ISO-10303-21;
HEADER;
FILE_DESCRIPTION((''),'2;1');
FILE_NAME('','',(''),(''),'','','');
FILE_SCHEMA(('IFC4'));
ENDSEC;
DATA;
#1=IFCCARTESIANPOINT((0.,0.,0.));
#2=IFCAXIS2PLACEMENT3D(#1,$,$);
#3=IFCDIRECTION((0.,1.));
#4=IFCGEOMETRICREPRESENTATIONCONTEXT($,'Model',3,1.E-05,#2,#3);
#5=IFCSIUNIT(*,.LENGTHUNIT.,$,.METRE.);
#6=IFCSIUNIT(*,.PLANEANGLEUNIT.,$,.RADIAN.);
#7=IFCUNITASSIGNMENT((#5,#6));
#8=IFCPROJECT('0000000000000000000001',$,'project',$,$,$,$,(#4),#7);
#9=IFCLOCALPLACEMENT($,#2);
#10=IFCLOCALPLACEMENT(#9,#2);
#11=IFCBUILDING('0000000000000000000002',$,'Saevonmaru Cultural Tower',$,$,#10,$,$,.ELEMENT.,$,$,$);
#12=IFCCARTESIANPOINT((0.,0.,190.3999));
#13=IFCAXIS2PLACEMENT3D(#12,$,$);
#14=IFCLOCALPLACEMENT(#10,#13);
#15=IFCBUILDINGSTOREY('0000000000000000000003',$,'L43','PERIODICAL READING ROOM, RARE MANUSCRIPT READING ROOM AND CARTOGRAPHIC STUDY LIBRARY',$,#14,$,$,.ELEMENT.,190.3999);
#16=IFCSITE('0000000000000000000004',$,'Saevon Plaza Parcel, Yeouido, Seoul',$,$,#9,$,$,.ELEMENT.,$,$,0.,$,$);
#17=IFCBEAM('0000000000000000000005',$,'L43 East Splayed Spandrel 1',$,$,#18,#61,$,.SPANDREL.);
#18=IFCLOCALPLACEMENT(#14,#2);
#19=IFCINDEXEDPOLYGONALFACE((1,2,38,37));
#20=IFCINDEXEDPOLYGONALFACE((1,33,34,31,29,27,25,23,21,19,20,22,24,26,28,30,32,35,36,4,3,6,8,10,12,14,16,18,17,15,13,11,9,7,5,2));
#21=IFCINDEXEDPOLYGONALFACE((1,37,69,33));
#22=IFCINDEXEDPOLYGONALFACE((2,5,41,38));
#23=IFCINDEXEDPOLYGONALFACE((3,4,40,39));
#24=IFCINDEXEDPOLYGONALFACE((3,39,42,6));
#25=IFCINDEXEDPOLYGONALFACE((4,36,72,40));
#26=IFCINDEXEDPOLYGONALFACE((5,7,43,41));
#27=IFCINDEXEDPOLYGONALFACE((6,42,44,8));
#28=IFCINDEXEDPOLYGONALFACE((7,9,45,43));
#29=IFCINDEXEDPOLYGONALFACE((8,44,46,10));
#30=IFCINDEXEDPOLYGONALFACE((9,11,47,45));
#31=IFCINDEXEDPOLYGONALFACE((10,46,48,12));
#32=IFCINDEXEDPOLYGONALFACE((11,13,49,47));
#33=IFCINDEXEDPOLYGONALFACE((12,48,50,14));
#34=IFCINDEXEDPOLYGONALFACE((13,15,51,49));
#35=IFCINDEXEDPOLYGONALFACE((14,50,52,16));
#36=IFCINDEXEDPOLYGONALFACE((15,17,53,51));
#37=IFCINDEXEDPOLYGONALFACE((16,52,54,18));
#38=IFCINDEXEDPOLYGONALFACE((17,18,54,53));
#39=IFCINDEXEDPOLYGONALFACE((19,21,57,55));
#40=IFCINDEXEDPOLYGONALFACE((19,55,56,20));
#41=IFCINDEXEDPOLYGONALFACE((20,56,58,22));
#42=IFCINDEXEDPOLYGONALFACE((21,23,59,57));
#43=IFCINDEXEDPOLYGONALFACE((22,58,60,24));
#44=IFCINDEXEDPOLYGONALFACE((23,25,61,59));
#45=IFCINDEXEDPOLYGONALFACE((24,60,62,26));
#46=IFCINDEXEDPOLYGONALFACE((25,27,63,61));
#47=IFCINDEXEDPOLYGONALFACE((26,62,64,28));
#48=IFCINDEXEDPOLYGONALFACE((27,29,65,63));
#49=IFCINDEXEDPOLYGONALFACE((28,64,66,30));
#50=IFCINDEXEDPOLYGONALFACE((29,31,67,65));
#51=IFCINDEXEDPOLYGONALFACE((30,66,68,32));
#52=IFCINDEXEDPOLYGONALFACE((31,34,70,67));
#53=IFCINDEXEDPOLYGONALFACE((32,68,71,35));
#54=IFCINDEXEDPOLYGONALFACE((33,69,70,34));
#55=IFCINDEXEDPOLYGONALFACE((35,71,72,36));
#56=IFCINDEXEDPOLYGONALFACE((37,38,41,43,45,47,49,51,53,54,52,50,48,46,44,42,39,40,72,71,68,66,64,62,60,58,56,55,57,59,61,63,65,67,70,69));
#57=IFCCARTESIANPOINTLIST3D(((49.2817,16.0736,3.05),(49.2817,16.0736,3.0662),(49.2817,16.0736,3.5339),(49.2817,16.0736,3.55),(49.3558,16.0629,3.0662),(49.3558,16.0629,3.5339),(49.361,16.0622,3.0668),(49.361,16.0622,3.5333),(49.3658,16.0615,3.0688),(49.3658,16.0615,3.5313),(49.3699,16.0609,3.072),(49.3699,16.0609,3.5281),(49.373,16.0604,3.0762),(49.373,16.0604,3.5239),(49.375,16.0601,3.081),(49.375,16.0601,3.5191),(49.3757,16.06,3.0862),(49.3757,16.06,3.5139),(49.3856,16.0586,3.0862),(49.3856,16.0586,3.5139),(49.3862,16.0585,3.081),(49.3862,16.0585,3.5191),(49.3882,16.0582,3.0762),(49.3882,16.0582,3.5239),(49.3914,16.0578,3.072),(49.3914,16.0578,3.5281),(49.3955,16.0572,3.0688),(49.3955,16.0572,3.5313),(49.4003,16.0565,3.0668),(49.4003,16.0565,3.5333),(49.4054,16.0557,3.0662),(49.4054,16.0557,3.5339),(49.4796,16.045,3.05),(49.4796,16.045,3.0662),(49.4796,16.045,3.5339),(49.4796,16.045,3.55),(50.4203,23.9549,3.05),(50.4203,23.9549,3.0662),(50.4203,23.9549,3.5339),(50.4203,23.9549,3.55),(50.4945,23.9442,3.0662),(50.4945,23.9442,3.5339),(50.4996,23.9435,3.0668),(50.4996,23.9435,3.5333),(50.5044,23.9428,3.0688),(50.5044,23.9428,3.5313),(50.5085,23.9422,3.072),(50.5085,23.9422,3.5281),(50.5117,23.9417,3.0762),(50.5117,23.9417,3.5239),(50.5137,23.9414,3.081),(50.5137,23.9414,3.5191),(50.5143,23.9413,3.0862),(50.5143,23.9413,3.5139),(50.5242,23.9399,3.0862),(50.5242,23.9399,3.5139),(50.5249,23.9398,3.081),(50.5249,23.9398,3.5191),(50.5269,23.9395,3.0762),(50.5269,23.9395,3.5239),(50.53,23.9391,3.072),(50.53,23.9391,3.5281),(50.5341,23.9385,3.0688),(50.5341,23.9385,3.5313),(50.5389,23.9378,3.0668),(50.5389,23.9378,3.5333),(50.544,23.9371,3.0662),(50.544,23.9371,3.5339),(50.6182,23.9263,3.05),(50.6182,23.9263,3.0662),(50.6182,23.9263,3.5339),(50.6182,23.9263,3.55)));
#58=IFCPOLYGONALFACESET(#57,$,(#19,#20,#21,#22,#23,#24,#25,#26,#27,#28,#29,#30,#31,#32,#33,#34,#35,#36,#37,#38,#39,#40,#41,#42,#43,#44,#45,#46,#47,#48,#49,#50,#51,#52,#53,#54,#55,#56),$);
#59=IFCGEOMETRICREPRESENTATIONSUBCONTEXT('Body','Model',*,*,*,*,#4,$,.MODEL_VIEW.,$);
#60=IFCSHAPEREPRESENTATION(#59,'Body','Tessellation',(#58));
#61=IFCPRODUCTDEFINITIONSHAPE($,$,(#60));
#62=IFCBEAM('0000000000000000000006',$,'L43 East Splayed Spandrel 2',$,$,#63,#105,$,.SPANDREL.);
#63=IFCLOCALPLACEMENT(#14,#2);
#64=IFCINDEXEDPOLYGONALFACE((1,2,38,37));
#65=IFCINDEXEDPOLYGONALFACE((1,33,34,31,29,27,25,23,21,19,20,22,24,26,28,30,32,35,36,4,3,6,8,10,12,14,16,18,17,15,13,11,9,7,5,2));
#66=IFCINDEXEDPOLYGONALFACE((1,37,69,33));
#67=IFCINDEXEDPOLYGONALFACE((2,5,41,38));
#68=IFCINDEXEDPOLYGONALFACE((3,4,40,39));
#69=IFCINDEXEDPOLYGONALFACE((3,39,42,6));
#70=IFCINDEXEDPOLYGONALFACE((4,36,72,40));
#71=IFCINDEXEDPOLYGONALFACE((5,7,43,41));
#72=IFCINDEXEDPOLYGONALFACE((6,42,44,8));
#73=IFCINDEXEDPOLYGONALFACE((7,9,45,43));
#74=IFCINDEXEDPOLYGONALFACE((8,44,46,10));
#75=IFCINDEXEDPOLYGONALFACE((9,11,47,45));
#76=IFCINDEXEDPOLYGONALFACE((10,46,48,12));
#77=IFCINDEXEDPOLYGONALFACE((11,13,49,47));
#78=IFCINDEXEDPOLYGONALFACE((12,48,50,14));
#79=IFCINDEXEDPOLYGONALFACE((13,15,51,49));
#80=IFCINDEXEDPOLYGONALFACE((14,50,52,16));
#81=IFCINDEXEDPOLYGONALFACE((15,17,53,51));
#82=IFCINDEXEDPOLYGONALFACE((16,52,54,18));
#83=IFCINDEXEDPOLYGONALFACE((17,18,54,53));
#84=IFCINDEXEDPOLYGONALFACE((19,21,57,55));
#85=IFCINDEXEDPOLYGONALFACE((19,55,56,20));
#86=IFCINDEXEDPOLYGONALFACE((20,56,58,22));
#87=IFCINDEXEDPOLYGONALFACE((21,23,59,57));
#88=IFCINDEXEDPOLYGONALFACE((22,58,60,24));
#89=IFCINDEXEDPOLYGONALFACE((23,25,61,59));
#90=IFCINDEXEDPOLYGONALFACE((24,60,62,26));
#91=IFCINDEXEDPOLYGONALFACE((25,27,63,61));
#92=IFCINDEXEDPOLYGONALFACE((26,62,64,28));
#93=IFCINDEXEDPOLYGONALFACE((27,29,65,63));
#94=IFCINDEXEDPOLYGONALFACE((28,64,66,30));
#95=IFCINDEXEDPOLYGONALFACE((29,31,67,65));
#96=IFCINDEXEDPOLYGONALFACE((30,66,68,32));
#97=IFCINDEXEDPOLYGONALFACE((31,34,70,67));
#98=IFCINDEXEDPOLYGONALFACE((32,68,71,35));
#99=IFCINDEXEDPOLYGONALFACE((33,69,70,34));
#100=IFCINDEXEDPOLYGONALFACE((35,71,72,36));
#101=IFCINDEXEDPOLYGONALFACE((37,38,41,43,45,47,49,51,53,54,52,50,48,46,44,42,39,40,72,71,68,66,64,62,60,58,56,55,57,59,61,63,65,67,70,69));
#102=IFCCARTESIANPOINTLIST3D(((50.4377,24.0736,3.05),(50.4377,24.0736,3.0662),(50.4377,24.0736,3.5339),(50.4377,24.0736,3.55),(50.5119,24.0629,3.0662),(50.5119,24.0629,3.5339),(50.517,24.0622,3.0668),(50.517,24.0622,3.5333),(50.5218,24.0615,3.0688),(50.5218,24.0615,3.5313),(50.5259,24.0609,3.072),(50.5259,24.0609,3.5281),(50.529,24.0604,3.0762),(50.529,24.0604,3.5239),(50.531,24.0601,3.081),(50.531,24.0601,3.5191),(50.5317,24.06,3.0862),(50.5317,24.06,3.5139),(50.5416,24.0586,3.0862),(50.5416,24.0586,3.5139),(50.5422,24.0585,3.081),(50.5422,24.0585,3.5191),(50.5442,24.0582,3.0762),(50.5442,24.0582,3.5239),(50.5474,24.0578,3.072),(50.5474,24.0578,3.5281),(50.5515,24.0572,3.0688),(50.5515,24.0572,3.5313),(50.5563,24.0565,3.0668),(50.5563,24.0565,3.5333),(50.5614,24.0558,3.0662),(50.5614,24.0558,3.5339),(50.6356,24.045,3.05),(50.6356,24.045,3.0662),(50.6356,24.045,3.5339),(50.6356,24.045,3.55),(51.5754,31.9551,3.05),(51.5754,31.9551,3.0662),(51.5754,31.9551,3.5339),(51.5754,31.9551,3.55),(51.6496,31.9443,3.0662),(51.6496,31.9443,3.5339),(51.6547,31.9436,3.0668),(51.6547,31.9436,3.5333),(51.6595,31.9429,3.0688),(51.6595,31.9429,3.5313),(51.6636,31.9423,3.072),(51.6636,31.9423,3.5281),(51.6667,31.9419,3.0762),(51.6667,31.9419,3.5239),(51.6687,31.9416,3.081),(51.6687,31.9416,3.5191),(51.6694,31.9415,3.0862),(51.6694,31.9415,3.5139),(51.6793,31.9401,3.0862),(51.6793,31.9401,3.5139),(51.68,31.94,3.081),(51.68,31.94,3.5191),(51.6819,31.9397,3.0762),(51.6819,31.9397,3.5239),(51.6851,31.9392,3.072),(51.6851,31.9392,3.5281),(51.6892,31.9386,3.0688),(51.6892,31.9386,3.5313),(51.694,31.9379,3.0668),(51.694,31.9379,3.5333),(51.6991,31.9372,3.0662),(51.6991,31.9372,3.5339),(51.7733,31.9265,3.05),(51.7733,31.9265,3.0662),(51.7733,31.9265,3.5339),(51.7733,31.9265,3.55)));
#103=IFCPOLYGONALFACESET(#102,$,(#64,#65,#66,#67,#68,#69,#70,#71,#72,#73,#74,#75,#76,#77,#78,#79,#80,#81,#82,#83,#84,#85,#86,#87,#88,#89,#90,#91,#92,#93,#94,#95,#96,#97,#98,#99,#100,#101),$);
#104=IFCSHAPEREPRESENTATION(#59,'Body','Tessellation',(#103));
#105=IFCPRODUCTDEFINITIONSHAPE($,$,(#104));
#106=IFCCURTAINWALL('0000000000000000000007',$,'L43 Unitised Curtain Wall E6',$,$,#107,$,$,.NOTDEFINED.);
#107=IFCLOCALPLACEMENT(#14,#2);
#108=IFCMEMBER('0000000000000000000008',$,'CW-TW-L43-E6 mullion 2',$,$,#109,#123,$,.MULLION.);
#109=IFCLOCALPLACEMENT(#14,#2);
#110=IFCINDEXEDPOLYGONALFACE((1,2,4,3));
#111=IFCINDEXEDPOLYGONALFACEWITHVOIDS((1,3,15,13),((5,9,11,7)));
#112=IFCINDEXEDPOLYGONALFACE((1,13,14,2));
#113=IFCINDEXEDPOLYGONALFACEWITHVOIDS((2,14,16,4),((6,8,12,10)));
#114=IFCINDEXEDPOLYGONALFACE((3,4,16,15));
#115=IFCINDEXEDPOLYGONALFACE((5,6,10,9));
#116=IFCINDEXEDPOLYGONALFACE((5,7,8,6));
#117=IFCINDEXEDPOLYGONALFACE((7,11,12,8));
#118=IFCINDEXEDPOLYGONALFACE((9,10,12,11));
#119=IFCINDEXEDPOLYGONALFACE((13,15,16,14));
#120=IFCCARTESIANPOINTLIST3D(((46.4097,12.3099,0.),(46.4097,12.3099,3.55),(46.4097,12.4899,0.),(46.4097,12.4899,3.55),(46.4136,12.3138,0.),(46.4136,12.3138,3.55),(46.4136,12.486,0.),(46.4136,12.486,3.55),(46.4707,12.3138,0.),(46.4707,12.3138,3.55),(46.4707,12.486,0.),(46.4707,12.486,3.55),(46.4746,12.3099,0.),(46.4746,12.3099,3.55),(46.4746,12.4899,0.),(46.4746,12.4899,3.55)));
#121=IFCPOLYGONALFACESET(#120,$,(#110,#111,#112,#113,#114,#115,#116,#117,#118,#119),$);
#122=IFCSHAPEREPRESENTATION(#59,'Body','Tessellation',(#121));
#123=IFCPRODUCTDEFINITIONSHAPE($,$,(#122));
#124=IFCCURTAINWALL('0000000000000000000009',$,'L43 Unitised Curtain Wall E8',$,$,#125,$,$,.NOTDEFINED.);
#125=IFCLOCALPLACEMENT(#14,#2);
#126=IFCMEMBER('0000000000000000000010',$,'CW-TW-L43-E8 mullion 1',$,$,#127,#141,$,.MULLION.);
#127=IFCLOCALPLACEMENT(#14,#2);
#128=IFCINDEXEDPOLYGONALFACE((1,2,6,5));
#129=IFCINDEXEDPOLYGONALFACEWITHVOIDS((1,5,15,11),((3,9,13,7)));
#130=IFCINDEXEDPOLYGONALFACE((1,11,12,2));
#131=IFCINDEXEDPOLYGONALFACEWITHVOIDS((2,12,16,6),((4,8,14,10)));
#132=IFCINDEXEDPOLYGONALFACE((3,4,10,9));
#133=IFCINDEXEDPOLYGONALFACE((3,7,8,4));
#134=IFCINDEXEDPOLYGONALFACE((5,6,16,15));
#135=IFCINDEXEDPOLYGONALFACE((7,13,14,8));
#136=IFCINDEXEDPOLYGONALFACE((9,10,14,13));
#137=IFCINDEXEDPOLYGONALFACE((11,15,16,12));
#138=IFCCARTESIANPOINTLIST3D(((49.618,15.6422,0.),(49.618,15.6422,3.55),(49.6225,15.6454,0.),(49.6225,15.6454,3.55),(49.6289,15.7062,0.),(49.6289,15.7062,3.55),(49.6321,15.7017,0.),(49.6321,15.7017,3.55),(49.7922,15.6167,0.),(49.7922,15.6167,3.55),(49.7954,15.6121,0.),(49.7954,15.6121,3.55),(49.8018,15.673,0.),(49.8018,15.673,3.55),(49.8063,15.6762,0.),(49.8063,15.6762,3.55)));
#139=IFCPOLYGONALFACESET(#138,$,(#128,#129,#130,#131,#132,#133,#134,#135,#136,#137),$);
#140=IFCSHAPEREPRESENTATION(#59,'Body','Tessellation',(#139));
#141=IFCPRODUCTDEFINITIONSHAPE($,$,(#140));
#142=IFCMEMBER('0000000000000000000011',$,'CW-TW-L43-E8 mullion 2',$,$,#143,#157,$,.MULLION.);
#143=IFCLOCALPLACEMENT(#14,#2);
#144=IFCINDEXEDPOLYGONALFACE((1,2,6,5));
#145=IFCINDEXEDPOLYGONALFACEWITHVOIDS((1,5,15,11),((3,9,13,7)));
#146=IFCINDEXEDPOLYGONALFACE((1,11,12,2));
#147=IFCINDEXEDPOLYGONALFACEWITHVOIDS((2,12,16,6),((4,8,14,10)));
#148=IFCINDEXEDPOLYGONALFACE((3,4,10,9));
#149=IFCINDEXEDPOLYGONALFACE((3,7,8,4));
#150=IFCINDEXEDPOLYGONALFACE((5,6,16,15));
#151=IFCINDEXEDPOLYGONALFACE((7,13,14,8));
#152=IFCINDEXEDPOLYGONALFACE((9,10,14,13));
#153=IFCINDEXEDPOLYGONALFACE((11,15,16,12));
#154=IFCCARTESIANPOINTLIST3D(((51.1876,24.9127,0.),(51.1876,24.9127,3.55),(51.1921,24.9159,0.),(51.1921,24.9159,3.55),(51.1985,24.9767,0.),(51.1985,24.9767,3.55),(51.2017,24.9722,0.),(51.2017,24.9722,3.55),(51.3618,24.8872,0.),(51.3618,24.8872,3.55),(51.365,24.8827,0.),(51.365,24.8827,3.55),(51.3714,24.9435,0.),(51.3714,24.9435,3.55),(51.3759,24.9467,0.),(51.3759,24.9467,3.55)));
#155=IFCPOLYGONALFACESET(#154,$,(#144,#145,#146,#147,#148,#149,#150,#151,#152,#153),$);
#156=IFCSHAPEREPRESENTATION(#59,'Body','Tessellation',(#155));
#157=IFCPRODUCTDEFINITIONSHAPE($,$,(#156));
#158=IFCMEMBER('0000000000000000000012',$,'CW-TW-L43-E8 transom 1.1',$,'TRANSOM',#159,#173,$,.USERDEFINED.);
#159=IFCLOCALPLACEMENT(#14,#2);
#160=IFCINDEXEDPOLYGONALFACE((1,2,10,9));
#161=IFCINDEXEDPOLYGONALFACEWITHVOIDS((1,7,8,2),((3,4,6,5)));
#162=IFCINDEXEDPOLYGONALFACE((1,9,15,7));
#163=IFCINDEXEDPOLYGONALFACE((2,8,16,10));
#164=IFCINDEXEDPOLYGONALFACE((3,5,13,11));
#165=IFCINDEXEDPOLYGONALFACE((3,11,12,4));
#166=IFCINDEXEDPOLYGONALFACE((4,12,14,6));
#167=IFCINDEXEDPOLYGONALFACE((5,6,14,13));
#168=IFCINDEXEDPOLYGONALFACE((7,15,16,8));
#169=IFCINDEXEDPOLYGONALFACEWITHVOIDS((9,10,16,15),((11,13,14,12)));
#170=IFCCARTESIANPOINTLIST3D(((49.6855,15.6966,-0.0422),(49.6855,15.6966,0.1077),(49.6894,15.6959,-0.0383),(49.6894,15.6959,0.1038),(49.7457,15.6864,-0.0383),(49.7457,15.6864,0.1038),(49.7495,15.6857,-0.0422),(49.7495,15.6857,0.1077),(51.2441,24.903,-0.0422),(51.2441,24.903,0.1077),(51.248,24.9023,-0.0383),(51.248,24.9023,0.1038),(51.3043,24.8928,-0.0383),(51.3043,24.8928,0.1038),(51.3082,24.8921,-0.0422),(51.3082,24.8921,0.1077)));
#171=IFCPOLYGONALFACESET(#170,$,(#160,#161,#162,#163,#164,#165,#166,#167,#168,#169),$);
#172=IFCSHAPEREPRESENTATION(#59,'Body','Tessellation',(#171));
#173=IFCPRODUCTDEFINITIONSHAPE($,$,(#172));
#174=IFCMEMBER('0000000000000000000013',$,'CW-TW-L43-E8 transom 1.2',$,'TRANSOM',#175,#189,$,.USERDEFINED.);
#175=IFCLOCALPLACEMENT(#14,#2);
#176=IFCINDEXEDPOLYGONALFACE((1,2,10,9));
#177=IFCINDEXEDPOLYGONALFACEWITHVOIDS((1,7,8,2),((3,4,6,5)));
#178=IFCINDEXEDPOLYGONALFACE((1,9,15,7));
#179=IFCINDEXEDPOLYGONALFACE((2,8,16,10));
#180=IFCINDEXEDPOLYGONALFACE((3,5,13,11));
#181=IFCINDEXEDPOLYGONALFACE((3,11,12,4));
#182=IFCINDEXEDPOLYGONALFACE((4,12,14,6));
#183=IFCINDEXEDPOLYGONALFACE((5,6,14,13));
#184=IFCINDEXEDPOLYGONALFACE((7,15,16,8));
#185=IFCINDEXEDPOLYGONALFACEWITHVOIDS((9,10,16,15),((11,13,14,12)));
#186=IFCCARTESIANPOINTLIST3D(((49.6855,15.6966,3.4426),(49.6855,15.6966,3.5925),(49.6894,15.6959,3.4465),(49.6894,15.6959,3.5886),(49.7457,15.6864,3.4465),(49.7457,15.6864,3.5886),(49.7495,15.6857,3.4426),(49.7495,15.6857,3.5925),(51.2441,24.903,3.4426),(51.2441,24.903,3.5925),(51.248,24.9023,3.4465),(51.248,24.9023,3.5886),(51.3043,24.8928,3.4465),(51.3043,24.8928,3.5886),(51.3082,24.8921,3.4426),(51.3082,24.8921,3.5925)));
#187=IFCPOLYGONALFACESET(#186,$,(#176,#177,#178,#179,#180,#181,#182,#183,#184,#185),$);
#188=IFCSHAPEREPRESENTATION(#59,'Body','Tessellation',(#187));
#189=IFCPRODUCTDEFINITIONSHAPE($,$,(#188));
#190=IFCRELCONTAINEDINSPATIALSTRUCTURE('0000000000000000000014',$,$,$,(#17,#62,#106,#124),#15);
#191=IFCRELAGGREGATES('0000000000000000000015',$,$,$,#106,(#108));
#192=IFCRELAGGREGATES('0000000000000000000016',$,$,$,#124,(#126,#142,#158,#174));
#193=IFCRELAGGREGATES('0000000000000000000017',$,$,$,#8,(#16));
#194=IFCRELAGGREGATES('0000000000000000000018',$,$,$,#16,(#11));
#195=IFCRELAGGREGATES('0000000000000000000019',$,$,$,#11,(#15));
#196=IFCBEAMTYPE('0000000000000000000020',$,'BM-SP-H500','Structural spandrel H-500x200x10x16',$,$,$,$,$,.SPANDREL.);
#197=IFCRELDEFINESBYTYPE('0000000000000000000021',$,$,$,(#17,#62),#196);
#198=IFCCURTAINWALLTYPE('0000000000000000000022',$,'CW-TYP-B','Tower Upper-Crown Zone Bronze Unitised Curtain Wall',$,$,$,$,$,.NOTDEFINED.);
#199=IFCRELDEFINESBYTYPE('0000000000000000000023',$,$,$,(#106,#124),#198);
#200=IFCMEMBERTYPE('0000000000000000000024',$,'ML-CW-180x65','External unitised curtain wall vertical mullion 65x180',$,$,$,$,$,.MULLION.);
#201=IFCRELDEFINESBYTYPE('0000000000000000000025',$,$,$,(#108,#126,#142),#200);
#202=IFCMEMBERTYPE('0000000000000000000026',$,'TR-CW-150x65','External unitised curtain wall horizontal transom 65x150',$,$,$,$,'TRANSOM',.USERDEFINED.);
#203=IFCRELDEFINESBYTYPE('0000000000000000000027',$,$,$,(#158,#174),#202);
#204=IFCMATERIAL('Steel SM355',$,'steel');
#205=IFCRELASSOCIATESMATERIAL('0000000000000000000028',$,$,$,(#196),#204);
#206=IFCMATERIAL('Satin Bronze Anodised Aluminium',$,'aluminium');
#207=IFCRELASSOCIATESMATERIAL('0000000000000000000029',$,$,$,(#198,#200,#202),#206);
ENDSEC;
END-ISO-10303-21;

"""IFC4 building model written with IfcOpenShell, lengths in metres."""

from ifc_helpers import new_model, si_unit, direction, frame, origin, origin_2d, place, context, subcontext, project, spatial, hollow_rectangle, i_section, extrude, material, material_profile, profile_set, type_object, element, aggregate, save


model = new_model("IFC4")

# Units and contexts
model_context = context("Model", 3, precision=1e-05, world=origin(), true_north=direction((0.0, 1.0)))
body_context = subcontext(model_context, "Body", "Model", "MODEL_VIEW")
ifc_project = project(units=[si_unit("LENGTHUNIT", "METRE"), si_unit("PLANEANGLEUNIT", "RADIAN")], contexts=[model_context])

# Site, building, storey
site_placement = place(None, origin())
site = spatial("IfcSite", under=ifc_project, at=site_placement, Name="Saevon Plaza Parcel, Yeouido, Seoul", CompositionType="ELEMENT", RefElevation=0.0)
building_placement = place(site_placement, origin())
building = spatial("IfcBuilding", under=site, at=building_placement, Name="Saevonmaru Cultural Tower", CompositionType="ELEMENT")
storey_placement = place(building_placement, frame((0.0, 0.0, 190.3999)))
storey = spatial("IfcBuildingStorey", under=building, at=storey_placement, Name="L43", Description="PERIODICAL READING ROOM, RARE MANUSCRIPT READING ROOM AND CARTOGRAPHIC STUDY LIBRARY", CompositionType="ELEMENT", Elevation=190.3999)

# Shared definitions
ifc_material_1 = material(Name="Steel SM355", Category="steel")

# Beams
ifc_material_profile_1 = material_profile(ifc_material_1, i_section(OverallWidth=0.2, OverallDepth=0.5, WebThickness=0.01, FlangeThickness=0.0161, FilletRadius=0.02, at=origin_2d()), Name="H-500x200x10x16")
ifc_profile_set_1 = profile_set([ifc_material_profile_1], Name="Steel SM355")
beam_type_1 = type_object("IfcBeamType", Name="BM-SP-H500", Description="Structural spandrel H-500x200x10x16", PredefinedType="SPANDREL", material=ifc_profile_set_1)
for number, where, z_axis, x_axis, name in (
    (1, (49.3806, 16.0593, 3.3), (0.142992, 0.989724, 0.0), (-0.989724, 0.142992, 0.0), "L43 East Splayed Spandrel 1"),
    (2, (50.5366, 24.0593, 3.3), (0.142872, 0.989741, 0.0), (-0.989741, 0.142872, 0.0), "L43 East Splayed Spandrel 2"),
):
    element("IfcBeam", number, at=place(storey_placement, frame(where, z_axis=z_axis, x_axis=x_axis)), inside=storey, type_object=beam_type_1, Name=name, PredefinedType="SPANDREL", context=body_context, shape_type="SweptSolid", body=[
        extrude(i_section(OverallWidth=0.2, OverallDepth=0.5, WebThickness=0.01, FlangeThickness=0.0161, FilletRadius=0.02, at=origin_2d()), origin(), (0.0, 0.0, 1.0), 7.9631),
    ])

# Curtain wall, member
ifc_material_2 = material(Name="Satin Bronze Anodised Aluminium", Category="aluminium")
curtain_wall_type = type_object("IfcCurtainWallType", Name="CW-TYP-B", Description="Tower Upper-Crown Zone Bronze Unitised Curtain Wall", PredefinedType="NOTDEFINED", material=ifc_material_2)
curtain_wall_1_placement = place(storey_placement, origin())
curtain_wall_1 = element("IfcCurtainWall", 3, at=curtain_wall_1_placement, inside=storey, type_object=curtain_wall_type, Name="L43 Unitised Curtain Wall E6", PredefinedType="NOTDEFINED")
ifc_material_profile_2 = material_profile(ifc_material_2, hollow_rectangle(XDim=0.0649, YDim=0.1799, WallThickness=0.0039, at=origin_2d()), Name="ALU-MULL-180x65x4")
ifc_profile_set_2 = profile_set([ifc_material_profile_2], Name="Satin Bronze Anodised Aluminium")
member_type_1 = type_object("IfcMemberType", Name="ML-CW-180x65", Description="External unitised curtain wall vertical mullion 65x180", PredefinedType="MULLION", material=ifc_profile_set_2)
member_1_placement = place(storey_placement, frame((46.4421, 12.3999, 0.0), z_axis=(0.0, 0.0, 1.0), x_axis=(1.0, 0.0, 0.0)))
member_1 = element("IfcMember", 4, at=member_1_placement, type_object=member_type_1, Name="CW-TW-L43-E6 mullion 2", PredefinedType="MULLION", context=body_context, shape_type="SweptSolid", body=[
    extrude(hollow_rectangle(XDim=0.0649, YDim=0.1799, WallThickness=0.0039, at=origin_2d()), origin(), (0.0, 0.0, 1.0), 3.55),
])

# Curtain wall, members
curtain_wall_2_placement = place(storey_placement, origin())
curtain_wall_2 = element("IfcCurtainWall", 5, at=curtain_wall_2_placement, inside=storey, type_object=curtain_wall_type, Name="L43 Unitised Curtain Wall E8", PredefinedType="NOTDEFINED")
member_2_placement = place(storey_placement, frame((49.7122, 15.6592, 0.0), z_axis=(0.0, 0.0, 1.0), x_axis=(0.166922, 0.98597, 0.0)))
member_2 = element("IfcMember", 6, at=member_2_placement, type_object=member_type_1, Name="CW-TW-L43-E8 mullion 1", PredefinedType="MULLION", context=body_context, shape_type="SweptSolid", body=[
    extrude(hollow_rectangle(XDim=0.0649, YDim=0.1799, WallThickness=0.0039, at=origin_2d()), origin(), (0.0, 0.0, 1.0), 3.55),
])
member_3_placement = place(storey_placement, frame((51.2817, 24.9297, 0.0), z_axis=(0.0, 0.0, 1.0), x_axis=(0.166922, 0.98597, 0.0)))
member_3 = element("IfcMember", 7, at=member_3_placement, type_object=member_type_1, Name="CW-TW-L43-E8 mullion 2", PredefinedType="MULLION", context=body_context, shape_type="SweptSolid", body=[
    extrude(hollow_rectangle(XDim=0.0649, YDim=0.1799, WallThickness=0.0039, at=origin_2d()), origin(), (0.0, 0.0, 1.0), 3.55),
])
ifc_material_profile_3 = material_profile(ifc_material_2, hollow_rectangle(XDim=0.0649, YDim=0.1499, WallThickness=0.0039, at=origin_2d()), Name="ALU-TRAN-150x65x4")
ifc_profile_set_3 = profile_set([ifc_material_profile_3], Name="Satin Bronze Anodised Aluminium")
member_type_2 = type_object("IfcMemberType", Name="TR-CW-150x65", Description="External unitised curtain wall horizontal transom 65x150", ElementType="TRANSOM", PredefinedType="USERDEFINED", material=ifc_profile_set_3)
member_4_placement = place(storey_placement, frame((49.7175, 15.6912, 0.0327), z_axis=(0.166921, 0.98597, 0.0), x_axis=(-0.98597, 0.166921, 0.0)))
member_4 = element("IfcMember", 8, at=member_4_placement, type_object=member_type_2, Name="CW-TW-L43-E8 transom 1.1", ObjectType="TRANSOM", PredefinedType="USERDEFINED", context=body_context, shape_type="SweptSolid", body=[
    extrude(hollow_rectangle(XDim=0.0649, YDim=0.1499, WallThickness=0.0039, at=origin_2d()), origin(), (0.0, 0.0, 1.0), 9.3374),
])
member_5_placement = place(storey_placement, frame((49.7175, 15.6912, 3.5176), z_axis=(0.166921, 0.98597, 0.0), x_axis=(-0.98597, 0.166921, 0.0)))
member_5 = element("IfcMember", 9, at=member_5_placement, type_object=member_type_2, Name="CW-TW-L43-E8 transom 1.2", ObjectType="TRANSOM", PredefinedType="USERDEFINED", context=body_context, shape_type="SweptSolid", body=[
    extrude(hollow_rectangle(XDim=0.0649, YDim=0.1499, WallThickness=0.0039, at=origin_2d()), origin(), (0.0, 0.0, 1.0), 9.3374),
])

aggregate(curtain_wall_1, [member_1])
aggregate(curtain_wall_2, [member_2, member_3, member_4, member_5])

save(model, "model.ifc")
